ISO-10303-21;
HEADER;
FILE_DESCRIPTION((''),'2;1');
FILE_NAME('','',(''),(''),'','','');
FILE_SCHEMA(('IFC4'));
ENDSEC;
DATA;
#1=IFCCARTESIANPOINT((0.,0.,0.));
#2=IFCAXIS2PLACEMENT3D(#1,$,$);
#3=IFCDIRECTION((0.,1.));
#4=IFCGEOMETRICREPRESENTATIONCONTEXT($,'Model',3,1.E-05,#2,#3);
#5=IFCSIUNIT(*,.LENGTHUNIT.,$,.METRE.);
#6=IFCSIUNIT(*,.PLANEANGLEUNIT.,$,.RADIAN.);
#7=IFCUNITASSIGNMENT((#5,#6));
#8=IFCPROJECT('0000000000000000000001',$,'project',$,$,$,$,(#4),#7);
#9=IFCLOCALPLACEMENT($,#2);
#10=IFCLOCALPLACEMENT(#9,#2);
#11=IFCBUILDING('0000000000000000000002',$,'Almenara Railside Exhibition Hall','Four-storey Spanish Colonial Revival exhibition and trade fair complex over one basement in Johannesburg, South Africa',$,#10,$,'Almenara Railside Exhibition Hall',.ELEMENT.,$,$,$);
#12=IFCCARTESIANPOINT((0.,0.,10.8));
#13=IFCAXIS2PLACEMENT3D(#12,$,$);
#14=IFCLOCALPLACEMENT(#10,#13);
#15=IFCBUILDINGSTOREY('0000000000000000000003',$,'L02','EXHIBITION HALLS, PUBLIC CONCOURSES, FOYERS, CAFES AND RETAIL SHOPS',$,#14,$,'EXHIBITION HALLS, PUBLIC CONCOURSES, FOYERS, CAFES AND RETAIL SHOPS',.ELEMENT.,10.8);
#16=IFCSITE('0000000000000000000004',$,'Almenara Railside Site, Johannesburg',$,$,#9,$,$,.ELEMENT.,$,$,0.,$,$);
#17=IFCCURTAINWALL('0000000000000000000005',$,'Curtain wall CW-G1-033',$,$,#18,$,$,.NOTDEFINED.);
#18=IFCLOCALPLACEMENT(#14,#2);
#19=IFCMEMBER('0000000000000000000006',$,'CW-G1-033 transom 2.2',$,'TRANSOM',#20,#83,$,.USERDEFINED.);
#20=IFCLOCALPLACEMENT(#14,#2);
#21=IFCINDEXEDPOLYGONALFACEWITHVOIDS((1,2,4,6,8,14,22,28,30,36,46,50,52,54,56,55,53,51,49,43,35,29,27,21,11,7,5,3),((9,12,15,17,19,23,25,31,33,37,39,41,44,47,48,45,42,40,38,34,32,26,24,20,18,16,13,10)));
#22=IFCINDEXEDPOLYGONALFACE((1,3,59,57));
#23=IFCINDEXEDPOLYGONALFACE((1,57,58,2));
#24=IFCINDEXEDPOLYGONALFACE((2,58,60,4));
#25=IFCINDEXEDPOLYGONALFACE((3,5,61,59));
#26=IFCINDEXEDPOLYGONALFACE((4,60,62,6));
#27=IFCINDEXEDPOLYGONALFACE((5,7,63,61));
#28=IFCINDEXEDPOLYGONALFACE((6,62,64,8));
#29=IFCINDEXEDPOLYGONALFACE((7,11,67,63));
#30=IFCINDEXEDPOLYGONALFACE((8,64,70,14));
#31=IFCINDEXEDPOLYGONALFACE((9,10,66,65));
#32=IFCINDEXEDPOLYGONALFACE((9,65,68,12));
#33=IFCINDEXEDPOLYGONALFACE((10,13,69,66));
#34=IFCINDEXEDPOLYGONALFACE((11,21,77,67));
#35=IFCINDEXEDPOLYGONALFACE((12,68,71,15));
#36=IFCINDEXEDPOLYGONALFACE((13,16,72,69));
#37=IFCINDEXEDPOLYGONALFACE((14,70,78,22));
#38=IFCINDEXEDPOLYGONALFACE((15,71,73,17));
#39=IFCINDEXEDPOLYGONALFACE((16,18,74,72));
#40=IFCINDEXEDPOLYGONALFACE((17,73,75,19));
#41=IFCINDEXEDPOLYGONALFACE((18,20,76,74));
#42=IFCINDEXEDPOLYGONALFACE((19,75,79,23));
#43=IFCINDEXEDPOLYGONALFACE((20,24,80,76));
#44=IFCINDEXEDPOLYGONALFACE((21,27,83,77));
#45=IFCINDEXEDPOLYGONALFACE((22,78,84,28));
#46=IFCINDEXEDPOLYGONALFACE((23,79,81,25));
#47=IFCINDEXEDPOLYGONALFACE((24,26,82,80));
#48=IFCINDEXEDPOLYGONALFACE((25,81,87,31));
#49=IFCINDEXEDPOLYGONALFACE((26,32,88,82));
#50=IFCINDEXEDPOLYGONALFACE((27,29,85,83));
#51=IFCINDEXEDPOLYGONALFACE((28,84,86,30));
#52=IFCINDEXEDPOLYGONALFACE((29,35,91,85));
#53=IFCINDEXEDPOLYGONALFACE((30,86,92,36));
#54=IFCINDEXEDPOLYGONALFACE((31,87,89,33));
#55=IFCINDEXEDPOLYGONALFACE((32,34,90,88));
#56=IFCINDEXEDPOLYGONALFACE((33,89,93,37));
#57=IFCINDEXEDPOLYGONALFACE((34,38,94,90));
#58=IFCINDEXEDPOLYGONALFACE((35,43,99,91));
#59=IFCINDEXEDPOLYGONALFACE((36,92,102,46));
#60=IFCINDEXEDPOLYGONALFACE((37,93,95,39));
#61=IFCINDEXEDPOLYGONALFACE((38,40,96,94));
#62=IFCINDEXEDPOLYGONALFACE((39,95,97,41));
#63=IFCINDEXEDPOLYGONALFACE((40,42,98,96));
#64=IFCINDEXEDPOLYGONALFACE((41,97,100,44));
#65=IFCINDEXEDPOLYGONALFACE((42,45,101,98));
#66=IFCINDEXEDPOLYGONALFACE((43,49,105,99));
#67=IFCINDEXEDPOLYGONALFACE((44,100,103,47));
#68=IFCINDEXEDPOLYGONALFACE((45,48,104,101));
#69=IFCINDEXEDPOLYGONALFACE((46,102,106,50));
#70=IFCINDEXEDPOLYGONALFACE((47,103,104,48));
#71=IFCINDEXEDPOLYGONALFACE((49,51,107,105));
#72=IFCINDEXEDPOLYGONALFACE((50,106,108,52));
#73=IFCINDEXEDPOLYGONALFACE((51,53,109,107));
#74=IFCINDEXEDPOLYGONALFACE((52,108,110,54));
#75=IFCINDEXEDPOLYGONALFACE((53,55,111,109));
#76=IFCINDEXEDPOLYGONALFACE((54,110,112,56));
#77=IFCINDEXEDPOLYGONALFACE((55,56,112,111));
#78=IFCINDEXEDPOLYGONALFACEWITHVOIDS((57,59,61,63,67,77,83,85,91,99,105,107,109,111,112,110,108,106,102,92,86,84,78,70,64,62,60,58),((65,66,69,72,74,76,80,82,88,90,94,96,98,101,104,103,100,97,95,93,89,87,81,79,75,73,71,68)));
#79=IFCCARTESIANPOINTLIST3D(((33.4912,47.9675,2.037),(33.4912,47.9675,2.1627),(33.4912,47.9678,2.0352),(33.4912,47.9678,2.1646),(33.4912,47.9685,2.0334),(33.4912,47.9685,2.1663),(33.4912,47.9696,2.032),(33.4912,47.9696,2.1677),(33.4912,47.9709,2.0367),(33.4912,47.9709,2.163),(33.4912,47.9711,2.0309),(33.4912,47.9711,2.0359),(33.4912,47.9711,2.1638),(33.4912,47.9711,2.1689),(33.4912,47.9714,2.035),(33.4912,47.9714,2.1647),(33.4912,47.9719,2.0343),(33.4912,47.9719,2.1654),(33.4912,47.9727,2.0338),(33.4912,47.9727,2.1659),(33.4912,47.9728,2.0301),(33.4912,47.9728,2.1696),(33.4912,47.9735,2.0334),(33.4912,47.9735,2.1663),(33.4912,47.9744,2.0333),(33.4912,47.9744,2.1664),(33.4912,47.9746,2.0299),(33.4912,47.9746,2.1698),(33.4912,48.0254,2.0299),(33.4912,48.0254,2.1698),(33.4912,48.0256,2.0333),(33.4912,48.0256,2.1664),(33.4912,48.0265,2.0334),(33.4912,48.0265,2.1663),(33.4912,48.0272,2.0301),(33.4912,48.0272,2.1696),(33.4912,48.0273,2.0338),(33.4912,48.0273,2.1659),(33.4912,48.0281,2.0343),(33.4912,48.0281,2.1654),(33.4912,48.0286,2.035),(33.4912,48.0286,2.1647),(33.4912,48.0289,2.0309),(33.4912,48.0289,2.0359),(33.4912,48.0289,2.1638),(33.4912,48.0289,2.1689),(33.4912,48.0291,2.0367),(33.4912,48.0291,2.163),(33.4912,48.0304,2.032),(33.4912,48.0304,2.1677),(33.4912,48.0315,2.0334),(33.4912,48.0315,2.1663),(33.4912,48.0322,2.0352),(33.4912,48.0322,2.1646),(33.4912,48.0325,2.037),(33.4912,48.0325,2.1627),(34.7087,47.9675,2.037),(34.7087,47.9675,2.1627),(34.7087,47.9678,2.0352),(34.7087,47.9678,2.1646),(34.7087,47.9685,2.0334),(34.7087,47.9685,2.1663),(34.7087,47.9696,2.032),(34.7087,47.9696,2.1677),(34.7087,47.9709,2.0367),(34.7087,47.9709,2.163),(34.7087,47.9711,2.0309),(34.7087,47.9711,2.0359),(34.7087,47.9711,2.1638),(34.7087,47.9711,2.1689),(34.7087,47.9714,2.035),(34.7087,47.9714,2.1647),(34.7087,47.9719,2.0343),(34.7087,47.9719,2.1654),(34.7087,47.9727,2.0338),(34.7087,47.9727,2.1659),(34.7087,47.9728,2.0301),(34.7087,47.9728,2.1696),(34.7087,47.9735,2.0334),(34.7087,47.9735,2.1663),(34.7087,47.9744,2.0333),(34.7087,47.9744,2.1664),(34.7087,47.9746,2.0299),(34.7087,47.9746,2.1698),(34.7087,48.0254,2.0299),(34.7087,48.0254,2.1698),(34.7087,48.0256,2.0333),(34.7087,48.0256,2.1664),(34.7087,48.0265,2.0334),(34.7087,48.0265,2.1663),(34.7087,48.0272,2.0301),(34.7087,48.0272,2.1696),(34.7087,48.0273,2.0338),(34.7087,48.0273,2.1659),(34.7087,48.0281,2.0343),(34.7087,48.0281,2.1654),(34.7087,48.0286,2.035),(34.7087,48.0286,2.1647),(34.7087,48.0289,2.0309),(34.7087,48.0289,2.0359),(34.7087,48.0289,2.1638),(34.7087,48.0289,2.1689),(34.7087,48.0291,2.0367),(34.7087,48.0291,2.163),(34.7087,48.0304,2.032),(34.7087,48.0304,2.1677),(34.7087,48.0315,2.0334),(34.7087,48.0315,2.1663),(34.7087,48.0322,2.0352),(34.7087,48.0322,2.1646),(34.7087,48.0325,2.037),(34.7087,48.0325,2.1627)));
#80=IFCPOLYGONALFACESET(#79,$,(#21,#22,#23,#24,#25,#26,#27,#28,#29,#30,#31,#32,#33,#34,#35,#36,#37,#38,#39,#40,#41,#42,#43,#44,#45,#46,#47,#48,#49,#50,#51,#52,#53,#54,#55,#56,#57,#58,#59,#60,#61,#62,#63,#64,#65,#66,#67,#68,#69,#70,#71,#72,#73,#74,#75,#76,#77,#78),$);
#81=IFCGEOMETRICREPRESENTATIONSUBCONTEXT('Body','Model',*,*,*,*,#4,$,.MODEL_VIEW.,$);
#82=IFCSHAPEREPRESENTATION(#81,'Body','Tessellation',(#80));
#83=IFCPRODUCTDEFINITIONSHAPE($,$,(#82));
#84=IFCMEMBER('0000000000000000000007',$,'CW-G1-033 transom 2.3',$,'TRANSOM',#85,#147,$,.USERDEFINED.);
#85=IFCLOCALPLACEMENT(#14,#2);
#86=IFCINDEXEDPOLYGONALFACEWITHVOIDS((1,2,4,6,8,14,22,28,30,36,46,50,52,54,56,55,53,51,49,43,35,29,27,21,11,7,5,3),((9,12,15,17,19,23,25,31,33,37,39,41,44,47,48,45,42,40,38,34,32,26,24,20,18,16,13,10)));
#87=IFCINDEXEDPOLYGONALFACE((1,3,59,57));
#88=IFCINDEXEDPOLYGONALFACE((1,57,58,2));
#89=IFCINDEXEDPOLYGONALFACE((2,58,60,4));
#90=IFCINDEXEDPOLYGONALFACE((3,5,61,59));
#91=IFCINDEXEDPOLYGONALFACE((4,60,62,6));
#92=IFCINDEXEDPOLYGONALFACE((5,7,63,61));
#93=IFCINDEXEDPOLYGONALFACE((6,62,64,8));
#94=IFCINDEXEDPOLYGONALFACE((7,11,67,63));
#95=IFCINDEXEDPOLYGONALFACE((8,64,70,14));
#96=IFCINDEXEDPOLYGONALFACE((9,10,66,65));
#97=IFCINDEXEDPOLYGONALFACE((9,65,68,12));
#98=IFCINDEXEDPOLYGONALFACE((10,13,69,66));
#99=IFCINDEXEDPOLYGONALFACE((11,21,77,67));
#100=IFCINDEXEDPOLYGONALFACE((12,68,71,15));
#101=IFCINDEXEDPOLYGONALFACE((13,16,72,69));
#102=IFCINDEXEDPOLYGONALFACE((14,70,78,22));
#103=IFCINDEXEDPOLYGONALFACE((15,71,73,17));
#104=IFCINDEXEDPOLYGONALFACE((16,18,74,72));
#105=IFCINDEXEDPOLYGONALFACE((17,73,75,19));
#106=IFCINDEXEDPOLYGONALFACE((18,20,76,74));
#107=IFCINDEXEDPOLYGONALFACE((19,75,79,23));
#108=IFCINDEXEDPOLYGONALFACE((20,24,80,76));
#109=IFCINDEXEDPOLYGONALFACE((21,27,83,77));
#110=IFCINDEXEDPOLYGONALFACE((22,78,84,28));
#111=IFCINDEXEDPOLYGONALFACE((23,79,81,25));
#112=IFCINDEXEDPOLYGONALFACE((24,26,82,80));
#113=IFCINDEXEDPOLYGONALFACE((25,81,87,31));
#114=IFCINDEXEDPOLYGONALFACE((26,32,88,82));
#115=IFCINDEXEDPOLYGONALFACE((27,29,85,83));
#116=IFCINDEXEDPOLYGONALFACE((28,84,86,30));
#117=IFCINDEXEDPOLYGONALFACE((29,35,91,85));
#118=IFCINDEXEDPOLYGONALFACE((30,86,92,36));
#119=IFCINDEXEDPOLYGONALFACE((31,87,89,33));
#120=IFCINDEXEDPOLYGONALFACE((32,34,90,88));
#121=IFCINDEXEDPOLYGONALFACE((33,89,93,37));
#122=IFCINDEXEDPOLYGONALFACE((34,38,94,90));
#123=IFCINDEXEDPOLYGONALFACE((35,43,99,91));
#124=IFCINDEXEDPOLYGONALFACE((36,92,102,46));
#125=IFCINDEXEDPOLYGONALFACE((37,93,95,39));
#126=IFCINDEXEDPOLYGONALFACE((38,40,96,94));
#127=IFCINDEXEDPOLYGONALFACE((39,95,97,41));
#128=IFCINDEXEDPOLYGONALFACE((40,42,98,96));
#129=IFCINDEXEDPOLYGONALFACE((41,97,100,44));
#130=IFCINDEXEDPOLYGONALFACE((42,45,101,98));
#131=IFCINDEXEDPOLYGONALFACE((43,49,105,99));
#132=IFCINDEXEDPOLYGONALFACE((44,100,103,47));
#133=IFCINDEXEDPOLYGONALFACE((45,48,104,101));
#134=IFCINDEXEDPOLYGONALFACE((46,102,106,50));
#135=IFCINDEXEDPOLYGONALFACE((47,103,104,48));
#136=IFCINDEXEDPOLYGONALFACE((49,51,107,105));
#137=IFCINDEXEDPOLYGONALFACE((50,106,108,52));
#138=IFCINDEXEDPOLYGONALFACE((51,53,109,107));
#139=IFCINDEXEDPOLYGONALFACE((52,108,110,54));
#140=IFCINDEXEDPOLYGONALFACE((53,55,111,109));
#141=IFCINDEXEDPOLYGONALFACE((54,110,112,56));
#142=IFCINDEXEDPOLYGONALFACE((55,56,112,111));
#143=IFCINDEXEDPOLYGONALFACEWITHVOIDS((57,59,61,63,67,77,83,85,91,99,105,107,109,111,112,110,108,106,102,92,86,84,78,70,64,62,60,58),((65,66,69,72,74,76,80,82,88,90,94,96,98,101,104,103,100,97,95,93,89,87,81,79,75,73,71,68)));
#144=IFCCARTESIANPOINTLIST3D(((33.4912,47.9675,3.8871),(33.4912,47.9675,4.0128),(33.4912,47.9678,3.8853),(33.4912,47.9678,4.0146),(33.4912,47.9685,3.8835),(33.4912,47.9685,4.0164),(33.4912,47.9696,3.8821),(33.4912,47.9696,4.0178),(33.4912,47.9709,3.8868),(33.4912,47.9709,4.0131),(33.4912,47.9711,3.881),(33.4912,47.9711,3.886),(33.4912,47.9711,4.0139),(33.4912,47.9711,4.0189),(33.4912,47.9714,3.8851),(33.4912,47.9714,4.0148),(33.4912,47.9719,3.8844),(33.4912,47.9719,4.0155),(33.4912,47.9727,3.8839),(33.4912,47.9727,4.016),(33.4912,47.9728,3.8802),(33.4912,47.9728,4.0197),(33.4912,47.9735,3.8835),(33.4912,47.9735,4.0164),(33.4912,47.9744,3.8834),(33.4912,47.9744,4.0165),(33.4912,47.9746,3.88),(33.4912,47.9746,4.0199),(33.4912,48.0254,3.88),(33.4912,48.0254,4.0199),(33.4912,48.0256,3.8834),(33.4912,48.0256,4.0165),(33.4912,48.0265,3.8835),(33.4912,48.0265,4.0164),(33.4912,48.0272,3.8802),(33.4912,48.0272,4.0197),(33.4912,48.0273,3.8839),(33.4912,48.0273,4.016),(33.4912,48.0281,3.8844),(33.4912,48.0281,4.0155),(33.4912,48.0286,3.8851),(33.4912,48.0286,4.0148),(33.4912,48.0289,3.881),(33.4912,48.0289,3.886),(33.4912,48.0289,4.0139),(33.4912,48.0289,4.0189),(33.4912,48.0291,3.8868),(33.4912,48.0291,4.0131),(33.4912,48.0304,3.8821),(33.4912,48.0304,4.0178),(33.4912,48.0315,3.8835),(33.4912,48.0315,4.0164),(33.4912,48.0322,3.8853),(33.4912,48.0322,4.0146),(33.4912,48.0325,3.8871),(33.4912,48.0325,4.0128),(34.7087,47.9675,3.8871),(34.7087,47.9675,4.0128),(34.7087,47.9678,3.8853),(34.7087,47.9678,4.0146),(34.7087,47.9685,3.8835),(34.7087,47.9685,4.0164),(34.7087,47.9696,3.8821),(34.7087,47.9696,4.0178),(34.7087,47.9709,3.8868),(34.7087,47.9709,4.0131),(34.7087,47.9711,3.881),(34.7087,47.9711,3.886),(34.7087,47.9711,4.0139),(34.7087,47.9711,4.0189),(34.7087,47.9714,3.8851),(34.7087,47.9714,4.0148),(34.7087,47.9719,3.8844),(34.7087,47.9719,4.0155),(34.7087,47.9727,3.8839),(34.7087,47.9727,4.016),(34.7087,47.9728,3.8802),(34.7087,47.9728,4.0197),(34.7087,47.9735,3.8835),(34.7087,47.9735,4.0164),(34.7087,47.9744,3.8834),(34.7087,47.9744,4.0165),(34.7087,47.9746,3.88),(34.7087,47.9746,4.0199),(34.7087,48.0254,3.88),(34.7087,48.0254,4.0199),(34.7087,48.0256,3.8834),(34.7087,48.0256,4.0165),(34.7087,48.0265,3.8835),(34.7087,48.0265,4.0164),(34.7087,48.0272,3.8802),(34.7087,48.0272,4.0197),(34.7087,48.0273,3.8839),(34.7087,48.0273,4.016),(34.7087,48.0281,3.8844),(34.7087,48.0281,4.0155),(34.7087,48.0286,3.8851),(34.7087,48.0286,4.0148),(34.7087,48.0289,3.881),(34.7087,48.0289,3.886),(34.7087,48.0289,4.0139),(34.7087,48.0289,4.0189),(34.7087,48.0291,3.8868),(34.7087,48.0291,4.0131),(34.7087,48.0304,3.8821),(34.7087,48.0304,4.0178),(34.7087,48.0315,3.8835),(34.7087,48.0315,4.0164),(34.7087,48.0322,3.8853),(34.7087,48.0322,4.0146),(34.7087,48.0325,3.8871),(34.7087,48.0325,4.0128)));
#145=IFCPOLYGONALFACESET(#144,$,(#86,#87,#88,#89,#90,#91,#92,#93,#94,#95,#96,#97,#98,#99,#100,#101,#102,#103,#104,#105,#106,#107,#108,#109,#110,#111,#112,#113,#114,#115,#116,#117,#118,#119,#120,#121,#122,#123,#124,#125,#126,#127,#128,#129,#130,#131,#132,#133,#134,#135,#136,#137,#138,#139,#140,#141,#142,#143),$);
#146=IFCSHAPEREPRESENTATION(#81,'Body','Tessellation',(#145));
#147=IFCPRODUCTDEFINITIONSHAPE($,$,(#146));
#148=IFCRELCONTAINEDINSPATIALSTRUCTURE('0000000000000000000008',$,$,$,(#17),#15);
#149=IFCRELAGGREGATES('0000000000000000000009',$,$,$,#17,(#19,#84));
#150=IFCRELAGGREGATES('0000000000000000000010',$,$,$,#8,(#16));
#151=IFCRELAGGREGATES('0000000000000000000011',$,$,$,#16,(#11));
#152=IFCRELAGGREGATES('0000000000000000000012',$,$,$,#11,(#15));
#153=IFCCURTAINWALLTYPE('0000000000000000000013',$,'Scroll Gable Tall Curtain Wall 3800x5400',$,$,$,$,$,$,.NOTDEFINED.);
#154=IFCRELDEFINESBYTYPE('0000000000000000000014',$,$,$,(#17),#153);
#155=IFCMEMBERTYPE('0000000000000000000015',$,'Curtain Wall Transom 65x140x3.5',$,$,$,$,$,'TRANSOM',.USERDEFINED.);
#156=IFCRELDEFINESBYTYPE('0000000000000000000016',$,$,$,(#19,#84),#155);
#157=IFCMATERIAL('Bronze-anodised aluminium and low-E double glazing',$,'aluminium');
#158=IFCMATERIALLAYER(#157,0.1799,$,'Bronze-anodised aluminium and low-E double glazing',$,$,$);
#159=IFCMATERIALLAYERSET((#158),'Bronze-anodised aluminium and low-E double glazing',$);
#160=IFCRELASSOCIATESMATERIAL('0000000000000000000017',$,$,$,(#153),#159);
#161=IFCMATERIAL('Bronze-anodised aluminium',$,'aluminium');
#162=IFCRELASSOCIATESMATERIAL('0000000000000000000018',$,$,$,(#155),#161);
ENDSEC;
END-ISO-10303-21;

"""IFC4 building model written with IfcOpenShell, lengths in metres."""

from ifc_helpers import new_model, si_unit, direction, frame, origin, origin_2d, place, context, subcontext, project, spatial, hollow_rectangle, extrude, material, layer, layer_set, material_profile, profile_set, type_object, element, aggregate, save


model = new_model("IFC4")

# Units and contexts
model_context = context("Model", 3, precision=1e-05, world=origin(), true_north=direction((0.0, 1.0)))
body_context = subcontext(model_context, "Body", "Model", "MODEL_VIEW")
ifc_project = project(units=[si_unit("LENGTHUNIT", "METRE"), si_unit("PLANEANGLEUNIT", "RADIAN")], contexts=[model_context])

# Site, building, storey
site_placement = place(None, origin())
site = spatial("IfcSite", under=ifc_project, at=site_placement, Name="Almenara Railside Site, Johannesburg", CompositionType="ELEMENT", RefElevation=0.0)
building_placement = place(site_placement, origin())
building = spatial("IfcBuilding", under=site, at=building_placement, Name="Almenara Railside Exhibition Hall", Description="Four-storey Spanish Colonial Revival exhibition and trade fair complex over one basement in Johannesburg, South Africa", LongName="Almenara Railside Exhibition Hall", CompositionType="ELEMENT")
storey_placement = place(building_placement, frame((0.0, 0.0, 10.8)))
storey = spatial("IfcBuildingStorey", under=building, at=storey_placement, Name="L02", Description="EXHIBITION HALLS, PUBLIC CONCOURSES, FOYERS, CAFES AND RETAIL SHOPS", LongName="EXHIBITION HALLS, PUBLIC CONCOURSES, FOYERS, CAFES AND RETAIL SHOPS", CompositionType="ELEMENT", Elevation=10.8)

# Curtain wall
ifc_material_1 = material(Name="Bronze-anodised aluminium and low-E double glazing", Category="aluminium")
ifc_layer_1 = layer(ifc_material_1, 0.1799, Name="Bronze-anodised aluminium and low-E double glazing")
ifc_layer_set_1 = layer_set([ifc_layer_1], Name="Bronze-anodised aluminium and low-E double glazing")
curtain_wall_type_1 = type_object("IfcCurtainWallType", Name="Scroll Gable Tall Curtain Wall 3800x5400", PredefinedType="NOTDEFINED", material=ifc_layer_set_1)
curtain_wall_1_placement = place(storey_placement, origin())
curtain_wall_1 = element("IfcCurtainWall", 1, at=curtain_wall_1_placement, inside=storey, type_object=curtain_wall_type_1, Name="Curtain wall CW-G1-033", PredefinedType="NOTDEFINED")
ifc_material_2 = material(Name="Bronze-anodised aluminium", Category="aluminium")

# Members
ifc_material_profile_1 = material_profile(ifc_material_2, hollow_rectangle(XDim=0.0649, YDim=0.1399, WallThickness=0.0034, InnerFilletRadius=0.0034, OuterFilletRadius=0.0071, at=origin_2d()), Name="ALU-TRN 65x140x3.5")
ifc_profile_set_1 = profile_set([ifc_material_profile_1], Name="Bronze-anodised aluminium")
member_type_1 = type_object("IfcMemberType", Name="Curtain Wall Transom 65x140x3.5", ElementType="TRANSOM", PredefinedType="USERDEFINED", material=ifc_profile_set_1)
member_1_placement = place(storey_placement, frame((33.4912, 48.0, 2.0999), z_axis=(1.0, 0.0, 0.0), x_axis=(0.0, 1.0, 0.0)))
member_1 = element("IfcMember", 2, at=member_1_placement, type_object=member_type_1, Name="CW-G1-033 transom 2.2", ObjectType="TRANSOM", PredefinedType="USERDEFINED", context=body_context, shape_type="SweptSolid", body=[
    extrude(hollow_rectangle(XDim=0.0649, YDim=0.1399, WallThickness=0.0034, InnerFilletRadius=0.0034, OuterFilletRadius=0.0071, at=origin_2d()), origin(), (0.0, 0.0, 1.0), 1.2175),
])
member_2_placement = place(storey_placement, frame((33.4912, 48.0, 3.95), z_axis=(1.0, 0.0, 0.0), x_axis=(0.0, 1.0, 0.0)))
member_2 = element("IfcMember", 3, at=member_2_placement, type_object=member_type_1, Name="CW-G1-033 transom 2.3", ObjectType="TRANSOM", PredefinedType="USERDEFINED", context=body_context, shape_type="SweptSolid", body=[
    extrude(hollow_rectangle(XDim=0.0649, YDim=0.1399, WallThickness=0.0034, InnerFilletRadius=0.0034, OuterFilletRadius=0.0071, at=origin_2d()), origin(), (0.0, 0.0, 1.0), 1.2175),
])

aggregate(curtain_wall_1, [member_1, member_2])

save(model, "model.ifc")
